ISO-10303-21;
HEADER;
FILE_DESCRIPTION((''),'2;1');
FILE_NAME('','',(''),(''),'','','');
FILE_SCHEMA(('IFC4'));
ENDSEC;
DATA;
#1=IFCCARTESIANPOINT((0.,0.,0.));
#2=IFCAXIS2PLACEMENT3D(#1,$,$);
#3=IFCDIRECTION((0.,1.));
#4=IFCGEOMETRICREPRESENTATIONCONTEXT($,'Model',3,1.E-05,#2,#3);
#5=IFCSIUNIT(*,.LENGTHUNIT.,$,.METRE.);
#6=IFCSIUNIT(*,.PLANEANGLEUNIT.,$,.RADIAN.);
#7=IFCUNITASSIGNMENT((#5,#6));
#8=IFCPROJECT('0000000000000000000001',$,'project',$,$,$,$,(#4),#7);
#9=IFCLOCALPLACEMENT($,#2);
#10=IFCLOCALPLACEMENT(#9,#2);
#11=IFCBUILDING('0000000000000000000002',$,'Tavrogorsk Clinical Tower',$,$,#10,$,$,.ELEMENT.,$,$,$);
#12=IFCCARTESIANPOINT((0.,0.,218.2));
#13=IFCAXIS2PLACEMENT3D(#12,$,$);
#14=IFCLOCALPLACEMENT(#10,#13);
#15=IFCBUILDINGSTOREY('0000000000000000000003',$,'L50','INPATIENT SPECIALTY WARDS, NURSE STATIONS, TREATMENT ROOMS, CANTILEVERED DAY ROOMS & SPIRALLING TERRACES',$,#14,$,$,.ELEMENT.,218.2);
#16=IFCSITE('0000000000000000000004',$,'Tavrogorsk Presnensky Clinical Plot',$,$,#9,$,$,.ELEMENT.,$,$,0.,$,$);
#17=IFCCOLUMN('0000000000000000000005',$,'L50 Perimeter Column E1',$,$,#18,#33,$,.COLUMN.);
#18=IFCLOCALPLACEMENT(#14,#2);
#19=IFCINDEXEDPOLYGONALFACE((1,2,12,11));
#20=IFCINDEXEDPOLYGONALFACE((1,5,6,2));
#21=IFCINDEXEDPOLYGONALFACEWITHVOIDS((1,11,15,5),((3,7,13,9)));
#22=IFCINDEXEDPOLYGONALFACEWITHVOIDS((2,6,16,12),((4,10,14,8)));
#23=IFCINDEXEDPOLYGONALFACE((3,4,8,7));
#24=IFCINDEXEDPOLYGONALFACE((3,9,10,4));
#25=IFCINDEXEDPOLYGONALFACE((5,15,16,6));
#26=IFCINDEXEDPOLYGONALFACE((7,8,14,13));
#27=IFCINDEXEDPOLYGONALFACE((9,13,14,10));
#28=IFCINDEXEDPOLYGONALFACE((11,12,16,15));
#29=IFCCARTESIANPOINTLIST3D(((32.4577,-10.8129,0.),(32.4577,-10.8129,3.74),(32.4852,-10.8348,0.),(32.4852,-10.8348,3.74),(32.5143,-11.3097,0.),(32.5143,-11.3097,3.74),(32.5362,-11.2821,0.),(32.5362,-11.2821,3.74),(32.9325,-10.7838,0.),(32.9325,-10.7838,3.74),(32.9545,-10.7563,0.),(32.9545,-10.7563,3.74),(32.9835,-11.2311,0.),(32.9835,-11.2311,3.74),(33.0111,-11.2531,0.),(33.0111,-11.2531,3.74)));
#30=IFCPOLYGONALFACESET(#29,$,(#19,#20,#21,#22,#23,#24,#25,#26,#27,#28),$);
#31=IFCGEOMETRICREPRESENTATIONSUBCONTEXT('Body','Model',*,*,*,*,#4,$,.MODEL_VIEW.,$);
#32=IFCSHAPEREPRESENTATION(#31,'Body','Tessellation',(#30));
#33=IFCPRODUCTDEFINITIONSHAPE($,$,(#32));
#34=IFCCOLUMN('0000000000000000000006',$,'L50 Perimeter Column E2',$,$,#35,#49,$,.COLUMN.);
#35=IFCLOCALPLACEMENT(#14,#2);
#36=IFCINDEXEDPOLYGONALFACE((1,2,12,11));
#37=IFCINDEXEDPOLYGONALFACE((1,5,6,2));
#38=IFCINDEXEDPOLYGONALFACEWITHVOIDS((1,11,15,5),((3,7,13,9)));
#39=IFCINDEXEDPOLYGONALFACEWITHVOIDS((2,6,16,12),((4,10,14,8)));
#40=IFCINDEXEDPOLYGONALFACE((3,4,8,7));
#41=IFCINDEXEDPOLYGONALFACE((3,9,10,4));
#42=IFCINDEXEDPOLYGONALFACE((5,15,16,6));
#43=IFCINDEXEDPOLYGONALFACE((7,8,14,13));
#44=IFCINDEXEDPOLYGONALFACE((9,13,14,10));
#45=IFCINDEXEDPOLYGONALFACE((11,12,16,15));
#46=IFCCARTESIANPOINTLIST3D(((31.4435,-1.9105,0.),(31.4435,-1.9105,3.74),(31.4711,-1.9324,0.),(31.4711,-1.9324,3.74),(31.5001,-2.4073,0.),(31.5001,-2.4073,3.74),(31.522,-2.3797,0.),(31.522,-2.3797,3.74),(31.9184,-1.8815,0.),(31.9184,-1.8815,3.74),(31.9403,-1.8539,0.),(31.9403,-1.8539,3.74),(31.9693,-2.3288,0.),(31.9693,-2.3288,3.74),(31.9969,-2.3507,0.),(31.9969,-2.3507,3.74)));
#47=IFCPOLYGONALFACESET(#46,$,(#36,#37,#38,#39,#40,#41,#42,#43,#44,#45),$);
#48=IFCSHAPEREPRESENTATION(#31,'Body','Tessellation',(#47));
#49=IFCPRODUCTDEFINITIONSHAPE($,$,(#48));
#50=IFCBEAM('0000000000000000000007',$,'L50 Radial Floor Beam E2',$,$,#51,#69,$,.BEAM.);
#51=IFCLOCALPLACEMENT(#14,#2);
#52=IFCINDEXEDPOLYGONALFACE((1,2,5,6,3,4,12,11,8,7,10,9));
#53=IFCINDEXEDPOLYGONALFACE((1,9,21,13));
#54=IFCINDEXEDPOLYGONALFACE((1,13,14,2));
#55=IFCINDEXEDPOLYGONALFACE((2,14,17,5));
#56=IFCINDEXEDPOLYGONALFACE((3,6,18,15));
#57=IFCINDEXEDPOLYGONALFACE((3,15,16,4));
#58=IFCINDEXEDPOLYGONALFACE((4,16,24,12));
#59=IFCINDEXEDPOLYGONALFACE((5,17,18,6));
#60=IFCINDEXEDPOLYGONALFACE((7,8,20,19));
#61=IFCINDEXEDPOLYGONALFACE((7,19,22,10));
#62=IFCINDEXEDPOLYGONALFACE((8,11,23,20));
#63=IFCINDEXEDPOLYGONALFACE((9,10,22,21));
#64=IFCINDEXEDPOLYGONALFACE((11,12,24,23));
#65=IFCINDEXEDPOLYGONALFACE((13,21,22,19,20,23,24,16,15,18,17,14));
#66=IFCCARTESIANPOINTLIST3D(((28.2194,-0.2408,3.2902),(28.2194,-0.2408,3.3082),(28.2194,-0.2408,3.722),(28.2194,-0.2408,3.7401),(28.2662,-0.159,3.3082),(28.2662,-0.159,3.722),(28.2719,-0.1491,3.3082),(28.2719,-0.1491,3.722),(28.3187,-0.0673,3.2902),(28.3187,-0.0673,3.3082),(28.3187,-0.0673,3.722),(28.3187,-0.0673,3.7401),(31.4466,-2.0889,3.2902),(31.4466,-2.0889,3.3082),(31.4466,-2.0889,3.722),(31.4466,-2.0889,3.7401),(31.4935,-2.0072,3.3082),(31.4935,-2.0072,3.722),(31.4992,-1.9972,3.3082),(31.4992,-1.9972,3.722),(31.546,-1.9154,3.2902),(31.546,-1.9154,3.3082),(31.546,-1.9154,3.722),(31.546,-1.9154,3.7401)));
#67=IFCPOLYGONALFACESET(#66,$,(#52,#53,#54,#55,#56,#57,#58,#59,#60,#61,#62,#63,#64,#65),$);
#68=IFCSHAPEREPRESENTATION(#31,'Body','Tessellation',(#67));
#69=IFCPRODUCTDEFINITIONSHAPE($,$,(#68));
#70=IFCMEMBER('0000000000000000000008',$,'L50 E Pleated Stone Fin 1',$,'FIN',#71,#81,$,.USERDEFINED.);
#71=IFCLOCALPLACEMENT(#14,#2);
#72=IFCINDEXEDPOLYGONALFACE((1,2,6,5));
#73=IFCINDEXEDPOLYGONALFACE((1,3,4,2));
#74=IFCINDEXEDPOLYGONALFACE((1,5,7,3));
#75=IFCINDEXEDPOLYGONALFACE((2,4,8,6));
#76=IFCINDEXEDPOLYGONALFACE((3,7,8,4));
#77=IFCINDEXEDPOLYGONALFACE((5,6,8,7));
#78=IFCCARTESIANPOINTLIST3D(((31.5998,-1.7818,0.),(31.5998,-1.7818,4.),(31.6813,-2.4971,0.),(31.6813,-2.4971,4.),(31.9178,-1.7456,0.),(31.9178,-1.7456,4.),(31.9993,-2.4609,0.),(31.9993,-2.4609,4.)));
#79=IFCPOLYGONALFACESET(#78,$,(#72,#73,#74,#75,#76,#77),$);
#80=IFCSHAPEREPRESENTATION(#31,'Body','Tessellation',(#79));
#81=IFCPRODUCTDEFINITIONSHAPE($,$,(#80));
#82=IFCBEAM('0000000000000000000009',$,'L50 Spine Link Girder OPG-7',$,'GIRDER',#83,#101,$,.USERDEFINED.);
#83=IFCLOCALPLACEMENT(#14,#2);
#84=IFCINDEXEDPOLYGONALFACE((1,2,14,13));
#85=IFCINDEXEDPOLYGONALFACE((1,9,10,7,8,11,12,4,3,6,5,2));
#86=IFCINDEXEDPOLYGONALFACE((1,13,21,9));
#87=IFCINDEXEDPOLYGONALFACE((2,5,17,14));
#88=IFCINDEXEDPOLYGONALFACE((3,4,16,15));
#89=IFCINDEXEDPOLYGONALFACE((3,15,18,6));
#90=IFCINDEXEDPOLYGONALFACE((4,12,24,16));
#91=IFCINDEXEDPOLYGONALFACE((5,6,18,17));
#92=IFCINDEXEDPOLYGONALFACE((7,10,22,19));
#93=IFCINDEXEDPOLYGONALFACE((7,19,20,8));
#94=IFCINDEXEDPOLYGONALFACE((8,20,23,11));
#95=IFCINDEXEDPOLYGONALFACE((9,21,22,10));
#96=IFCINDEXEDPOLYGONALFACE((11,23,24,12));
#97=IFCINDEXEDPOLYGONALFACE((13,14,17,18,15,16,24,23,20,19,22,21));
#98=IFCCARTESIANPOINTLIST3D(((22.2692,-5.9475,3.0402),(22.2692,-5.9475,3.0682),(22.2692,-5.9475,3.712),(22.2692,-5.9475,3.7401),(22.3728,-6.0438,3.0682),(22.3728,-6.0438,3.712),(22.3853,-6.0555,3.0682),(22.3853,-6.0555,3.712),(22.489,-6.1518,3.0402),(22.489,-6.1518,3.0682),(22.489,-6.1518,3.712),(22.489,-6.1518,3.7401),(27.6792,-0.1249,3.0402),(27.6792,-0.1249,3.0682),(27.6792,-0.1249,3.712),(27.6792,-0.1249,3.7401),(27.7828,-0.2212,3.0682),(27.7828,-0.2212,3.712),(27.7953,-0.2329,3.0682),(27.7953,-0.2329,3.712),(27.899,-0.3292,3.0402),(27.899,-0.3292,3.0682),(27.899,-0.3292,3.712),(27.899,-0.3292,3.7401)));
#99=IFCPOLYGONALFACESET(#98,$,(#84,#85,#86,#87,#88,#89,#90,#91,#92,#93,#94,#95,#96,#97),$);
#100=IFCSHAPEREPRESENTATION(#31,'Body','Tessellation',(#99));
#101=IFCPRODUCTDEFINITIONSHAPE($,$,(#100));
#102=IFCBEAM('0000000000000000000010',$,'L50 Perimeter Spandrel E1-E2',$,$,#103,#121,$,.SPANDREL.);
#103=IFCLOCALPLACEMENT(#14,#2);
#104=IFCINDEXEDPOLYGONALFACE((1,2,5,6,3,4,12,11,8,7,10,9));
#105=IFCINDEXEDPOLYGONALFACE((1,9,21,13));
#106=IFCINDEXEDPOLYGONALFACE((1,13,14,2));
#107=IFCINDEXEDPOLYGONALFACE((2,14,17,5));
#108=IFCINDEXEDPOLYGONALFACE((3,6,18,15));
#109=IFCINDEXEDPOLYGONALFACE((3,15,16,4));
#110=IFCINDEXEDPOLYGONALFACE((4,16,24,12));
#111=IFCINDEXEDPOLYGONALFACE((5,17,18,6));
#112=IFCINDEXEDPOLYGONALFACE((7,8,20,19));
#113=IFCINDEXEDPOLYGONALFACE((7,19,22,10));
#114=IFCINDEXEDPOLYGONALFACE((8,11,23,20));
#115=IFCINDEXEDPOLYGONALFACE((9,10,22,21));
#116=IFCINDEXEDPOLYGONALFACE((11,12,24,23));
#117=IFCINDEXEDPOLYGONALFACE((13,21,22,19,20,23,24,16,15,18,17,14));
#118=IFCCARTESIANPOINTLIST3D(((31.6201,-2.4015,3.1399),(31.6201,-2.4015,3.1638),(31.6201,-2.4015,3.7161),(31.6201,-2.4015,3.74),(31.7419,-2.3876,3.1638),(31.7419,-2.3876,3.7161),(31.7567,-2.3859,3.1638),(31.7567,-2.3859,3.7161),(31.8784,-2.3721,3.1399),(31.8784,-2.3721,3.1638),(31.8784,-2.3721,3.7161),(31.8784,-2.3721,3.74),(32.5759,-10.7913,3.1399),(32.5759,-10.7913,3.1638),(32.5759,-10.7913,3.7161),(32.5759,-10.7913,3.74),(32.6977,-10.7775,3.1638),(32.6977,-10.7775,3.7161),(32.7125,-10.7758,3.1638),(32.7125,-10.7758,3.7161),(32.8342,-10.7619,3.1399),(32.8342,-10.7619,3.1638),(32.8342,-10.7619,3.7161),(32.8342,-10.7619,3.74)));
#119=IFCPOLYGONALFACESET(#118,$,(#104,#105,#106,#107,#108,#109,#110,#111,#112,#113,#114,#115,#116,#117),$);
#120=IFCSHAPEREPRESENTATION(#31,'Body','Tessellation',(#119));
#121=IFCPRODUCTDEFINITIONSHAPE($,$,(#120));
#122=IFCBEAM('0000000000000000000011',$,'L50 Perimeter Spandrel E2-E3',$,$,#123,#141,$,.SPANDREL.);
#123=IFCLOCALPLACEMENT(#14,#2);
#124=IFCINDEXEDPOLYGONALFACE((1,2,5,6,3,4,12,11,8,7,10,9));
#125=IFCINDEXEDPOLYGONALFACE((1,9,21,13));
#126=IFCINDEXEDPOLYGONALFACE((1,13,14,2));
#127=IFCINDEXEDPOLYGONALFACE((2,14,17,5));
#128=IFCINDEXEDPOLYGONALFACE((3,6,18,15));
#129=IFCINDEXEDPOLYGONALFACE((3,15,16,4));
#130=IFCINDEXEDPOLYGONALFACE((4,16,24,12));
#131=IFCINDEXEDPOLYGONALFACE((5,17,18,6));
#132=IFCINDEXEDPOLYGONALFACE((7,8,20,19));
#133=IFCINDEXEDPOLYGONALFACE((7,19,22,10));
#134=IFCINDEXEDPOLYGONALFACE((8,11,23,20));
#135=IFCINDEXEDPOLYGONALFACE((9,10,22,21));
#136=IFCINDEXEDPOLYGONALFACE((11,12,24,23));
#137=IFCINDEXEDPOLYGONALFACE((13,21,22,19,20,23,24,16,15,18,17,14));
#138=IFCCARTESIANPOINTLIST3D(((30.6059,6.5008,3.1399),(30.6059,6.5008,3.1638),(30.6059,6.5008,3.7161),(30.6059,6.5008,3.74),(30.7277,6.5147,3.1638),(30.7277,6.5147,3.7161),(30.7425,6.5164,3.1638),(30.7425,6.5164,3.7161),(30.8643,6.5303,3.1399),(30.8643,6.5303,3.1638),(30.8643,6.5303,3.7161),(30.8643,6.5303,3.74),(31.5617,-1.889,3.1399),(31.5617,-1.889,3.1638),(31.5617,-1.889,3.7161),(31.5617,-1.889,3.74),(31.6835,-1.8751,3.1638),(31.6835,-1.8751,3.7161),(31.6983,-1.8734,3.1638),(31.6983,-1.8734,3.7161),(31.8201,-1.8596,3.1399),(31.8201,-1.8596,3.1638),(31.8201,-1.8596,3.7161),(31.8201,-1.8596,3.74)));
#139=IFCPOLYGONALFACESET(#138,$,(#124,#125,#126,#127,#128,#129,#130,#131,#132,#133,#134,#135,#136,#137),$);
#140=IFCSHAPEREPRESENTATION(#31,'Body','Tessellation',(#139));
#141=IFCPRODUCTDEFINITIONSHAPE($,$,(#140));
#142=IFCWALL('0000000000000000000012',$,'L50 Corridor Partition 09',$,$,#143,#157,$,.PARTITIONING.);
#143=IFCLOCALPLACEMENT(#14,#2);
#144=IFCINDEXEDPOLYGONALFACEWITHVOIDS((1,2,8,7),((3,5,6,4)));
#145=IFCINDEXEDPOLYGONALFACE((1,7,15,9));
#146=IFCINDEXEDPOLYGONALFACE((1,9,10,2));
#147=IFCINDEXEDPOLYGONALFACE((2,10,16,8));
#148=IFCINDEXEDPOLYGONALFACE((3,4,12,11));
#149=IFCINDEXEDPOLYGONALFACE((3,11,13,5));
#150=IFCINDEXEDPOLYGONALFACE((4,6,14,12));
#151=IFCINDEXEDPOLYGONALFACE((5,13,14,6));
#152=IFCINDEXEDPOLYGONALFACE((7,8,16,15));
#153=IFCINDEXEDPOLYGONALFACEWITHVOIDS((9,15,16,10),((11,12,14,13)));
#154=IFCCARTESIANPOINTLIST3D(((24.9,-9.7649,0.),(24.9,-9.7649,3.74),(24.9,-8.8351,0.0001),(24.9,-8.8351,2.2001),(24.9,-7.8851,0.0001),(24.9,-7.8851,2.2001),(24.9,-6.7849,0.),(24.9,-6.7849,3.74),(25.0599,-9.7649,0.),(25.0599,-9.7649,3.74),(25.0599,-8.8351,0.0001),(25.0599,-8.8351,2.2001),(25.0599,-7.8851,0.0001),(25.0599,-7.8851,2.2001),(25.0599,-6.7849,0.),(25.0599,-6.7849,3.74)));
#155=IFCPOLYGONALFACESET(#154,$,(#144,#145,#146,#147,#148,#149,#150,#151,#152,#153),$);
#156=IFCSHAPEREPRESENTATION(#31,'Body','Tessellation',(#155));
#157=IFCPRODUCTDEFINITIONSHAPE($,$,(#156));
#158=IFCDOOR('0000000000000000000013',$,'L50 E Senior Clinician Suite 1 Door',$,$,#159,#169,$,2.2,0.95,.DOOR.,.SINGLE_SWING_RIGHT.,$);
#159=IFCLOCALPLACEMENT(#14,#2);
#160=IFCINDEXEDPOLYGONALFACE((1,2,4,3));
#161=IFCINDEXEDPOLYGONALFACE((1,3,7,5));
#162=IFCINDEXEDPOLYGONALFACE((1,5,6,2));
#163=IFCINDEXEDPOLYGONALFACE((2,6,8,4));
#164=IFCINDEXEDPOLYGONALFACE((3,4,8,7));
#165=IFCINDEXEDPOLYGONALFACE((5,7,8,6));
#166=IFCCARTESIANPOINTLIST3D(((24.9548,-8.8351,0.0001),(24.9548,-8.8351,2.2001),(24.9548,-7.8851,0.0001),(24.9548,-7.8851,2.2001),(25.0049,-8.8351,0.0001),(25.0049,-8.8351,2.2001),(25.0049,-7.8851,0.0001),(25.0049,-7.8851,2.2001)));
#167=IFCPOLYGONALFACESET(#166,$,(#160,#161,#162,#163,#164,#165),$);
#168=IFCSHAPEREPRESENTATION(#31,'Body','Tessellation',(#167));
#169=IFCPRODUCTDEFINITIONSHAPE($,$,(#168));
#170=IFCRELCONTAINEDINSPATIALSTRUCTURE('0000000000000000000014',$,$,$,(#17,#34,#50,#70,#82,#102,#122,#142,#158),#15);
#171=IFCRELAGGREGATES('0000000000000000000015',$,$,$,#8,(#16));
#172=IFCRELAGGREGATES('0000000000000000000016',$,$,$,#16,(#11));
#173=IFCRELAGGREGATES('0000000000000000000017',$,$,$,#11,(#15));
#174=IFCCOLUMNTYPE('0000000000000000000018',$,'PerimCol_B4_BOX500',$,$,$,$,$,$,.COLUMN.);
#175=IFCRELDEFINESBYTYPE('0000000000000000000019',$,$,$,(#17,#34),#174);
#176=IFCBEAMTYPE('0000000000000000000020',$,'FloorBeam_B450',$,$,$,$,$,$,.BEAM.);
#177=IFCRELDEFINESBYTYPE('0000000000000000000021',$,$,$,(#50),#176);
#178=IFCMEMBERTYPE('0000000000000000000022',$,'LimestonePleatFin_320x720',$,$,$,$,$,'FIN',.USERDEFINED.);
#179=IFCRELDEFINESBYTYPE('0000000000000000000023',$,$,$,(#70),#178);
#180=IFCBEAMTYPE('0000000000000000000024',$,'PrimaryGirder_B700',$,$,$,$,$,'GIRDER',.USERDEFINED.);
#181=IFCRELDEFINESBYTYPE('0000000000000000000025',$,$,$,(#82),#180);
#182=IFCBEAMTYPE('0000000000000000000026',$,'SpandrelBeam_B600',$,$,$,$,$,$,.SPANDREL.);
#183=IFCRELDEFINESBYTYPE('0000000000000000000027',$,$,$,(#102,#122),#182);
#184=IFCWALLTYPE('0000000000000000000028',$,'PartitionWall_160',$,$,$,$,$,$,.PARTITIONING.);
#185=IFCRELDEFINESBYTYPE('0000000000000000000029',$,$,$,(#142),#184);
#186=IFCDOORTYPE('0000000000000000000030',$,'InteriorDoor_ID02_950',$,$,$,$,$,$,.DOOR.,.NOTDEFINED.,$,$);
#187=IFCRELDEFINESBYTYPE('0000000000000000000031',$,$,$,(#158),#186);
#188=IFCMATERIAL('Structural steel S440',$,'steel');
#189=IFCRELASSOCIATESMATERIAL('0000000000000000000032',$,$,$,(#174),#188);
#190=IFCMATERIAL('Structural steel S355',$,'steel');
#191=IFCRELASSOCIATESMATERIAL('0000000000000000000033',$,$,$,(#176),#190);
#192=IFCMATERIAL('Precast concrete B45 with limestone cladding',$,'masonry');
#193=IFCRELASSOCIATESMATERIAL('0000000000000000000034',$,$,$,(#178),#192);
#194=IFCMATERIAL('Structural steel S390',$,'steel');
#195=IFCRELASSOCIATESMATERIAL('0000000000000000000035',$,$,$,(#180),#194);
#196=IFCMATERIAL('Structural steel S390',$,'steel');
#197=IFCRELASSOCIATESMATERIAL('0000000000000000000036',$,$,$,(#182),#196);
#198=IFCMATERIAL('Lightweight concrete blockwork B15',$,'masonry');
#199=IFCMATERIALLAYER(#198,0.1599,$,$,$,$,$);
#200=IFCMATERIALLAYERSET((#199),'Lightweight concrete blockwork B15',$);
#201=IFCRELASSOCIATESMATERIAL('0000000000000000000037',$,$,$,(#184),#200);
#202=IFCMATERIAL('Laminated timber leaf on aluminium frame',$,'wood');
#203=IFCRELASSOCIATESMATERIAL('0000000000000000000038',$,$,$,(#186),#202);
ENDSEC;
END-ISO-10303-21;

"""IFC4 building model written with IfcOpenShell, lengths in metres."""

from ifc_helpers import new_model, si_unit, direction, frame, frame_2d, origin, origin_2d, place, context, subcontext, project, spatial, rectangle, hollow_rectangle, i_section, extrude, material, layer, layer_set, material_profile, profile_set, type_object, element, fill, save


model = new_model("IFC4")

# Units and contexts
model_context = context("Model", 3, precision=1e-05, world=origin(), true_north=direction((0.0, 1.0)))
body_context = subcontext(model_context, "Body", "Model", "MODEL_VIEW")
ifc_project = project(units=[si_unit("LENGTHUNIT", "METRE"), si_unit("PLANEANGLEUNIT", "RADIAN")], contexts=[model_context])

# Site, building, storey
site_placement = place(None, origin())
site = spatial("IfcSite", under=ifc_project, at=site_placement, Name="Tavrogorsk Presnensky Clinical Plot", CompositionType="ELEMENT", RefElevation=0.0)
building_placement = place(site_placement, origin())
building = spatial("IfcBuilding", under=site, at=building_placement, Name="Tavrogorsk Clinical Tower", CompositionType="ELEMENT")
storey_placement = place(building_placement, frame((0.0, 0.0, 218.2)))
storey = spatial("IfcBuildingStorey", under=building, at=storey_placement, Name="L50", Description="INPATIENT SPECIALTY WARDS, NURSE STATIONS, TREATMENT ROOMS, CANTILEVERED DAY ROOMS & SPIRALLING TERRACES", CompositionType="ELEMENT", Elevation=218.2)

# Columns
ifc_material_1 = material(Name="Structural steel S440", Category="steel")
ifc_material_profile_1 = material_profile(ifc_material_1, hollow_rectangle(XDim=0.5, YDim=0.5, WallThickness=0.0249, at=origin_2d()), Name="BOX-500x500x25")
ifc_profile_set_1 = profile_set([ifc_material_profile_1], Name="Structural steel S440")
column_type = type_object("IfcColumnType", Name="PerimCol_B4_BOX500", PredefinedType="COLUMN", material=ifc_profile_set_1)
for number, where, z_axis, x_axis, name in (
    (1, (32.7344, -11.033, 0.0), (0.0, 0.0, 1.0), (0.993572, 0.113203, 0.0), "L50 Perimeter Column E1"),
    (2, (31.7202, -2.1306, 0.0), (0.0, 0.0, 1.0), (0.993572, 0.113203, 0.0), "L50 Perimeter Column E2"),
):
    element("IfcColumn", number, at=place(storey_placement, frame(where, z_axis=z_axis, x_axis=x_axis)), inside=storey, type_object=column_type, Name=name, PredefinedType="COLUMN", context=body_context, shape_type="SweptSolid", body=[
        extrude(hollow_rectangle(XDim=0.5, YDim=0.5, WallThickness=0.0249, at=origin_2d()), origin(), (0.0, 0.0, 1.0), 3.74),
    ])

# Beam
ifc_material_2 = material(Name="Structural steel S355", Category="steel")
ifc_material_profile_2 = material_profile(ifc_material_2, i_section(OverallWidth=0.2, OverallDepth=0.45, WebThickness=0.0115, FlangeThickness=0.0181, at=origin_2d()), Name="B-450x200x11.5x18")
ifc_profile_set_2 = profile_set([ifc_material_profile_2], Name="Structural steel S355")
beam_type_1 = type_object("IfcBeamType", Name="FloorBeam_B450", PredefinedType="BEAM", material=ifc_profile_set_2)
beam_1_placement = place(storey_placement, frame((28.269, -0.1541, 3.5151), z_axis=(0.867782, -0.496945, 0.0), x_axis=(0.496945, 0.867782, 0.0)))
element("IfcBeam", 3, at=beam_1_placement, inside=storey, type_object=beam_type_1, Name="L50 Radial Floor Beam E2", PredefinedType="BEAM", context=body_context, shape_type="SweptSolid", body=[
    extrude(i_section(OverallWidth=0.2, OverallDepth=0.45, WebThickness=0.0115, FlangeThickness=0.0181, at=origin_2d()), origin(), (0.0, 0.0, 1.0), 3.719),
])

# Member
ifc_material_3 = material(Name="Precast concrete B45 with limestone cladding", Category="masonry")
ifc_material_profile_3 = material_profile(ifc_material_3, rectangle(XDim=0.3201, YDim=0.72, at=origin_2d()), Name="LIMESTONE-FIN-320x720")
ifc_profile_set_3 = profile_set([ifc_material_profile_3], Name="Precast concrete B45 with limestone cladding")
member_type = type_object("IfcMemberType", Name="LimestonePleatFin_320x720", ElementType="FIN", PredefinedType="USERDEFINED", material=ifc_profile_set_3)
member_placement = place(storey_placement, frame((31.7996, -2.1213, 0.0), z_axis=(0.0, 0.0, 1.0), x_axis=(0.993572, 0.113203, 0.0)))
element("IfcMember", 4, at=member_placement, inside=storey, type_object=member_type, Name="L50 E Pleated Stone Fin 1", ObjectType="FIN", PredefinedType="USERDEFINED", context=body_context, shape_type="SweptSolid", body=[
    extrude(rectangle(XDim=0.3201, YDim=0.72, at=origin_2d()), origin(), (0.0, 0.0, 1.0), 4.0),
])

# Beams
ifc_material_4 = material(Name="Structural steel S390", Category="steel")
ifc_material_profile_4 = material_profile(ifc_material_4, i_section(OverallWidth=0.3, OverallDepth=0.7, WebThickness=0.0171, FlangeThickness=0.0281, at=origin_2d()), Name="B-700x300x17x28")
ifc_profile_set_4 = profile_set([ifc_material_profile_4], Name="Structural steel S390")
beam_type_2 = type_object("IfcBeamType", Name="PrimaryGirder_B700", ElementType="GIRDER", PredefinedType="USERDEFINED", material=ifc_profile_set_4)
beam_2_placement = place(storey_placement, frame((27.7891, -0.2271, 3.3901), z_axis=(-0.680674, -0.732587, 0.0), x_axis=(0.732587, -0.680674, 0.0)))
element("IfcBeam", 5, at=beam_2_placement, inside=storey, type_object=beam_type_2, Name="L50 Spine Link Girder OPG-7", ObjectType="GIRDER", PredefinedType="USERDEFINED", context=body_context, shape_type="SweptSolid", body=[
    extrude(i_section(OverallWidth=0.3, OverallDepth=0.7, WebThickness=0.0171, FlangeThickness=0.0281, at=origin_2d()), origin(), (0.0, 0.0, 1.0), 7.948),
])
ifc_material_5 = material(Name="Structural steel S390", Category="steel")
ifc_material_profile_5 = material_profile(ifc_material_5, i_section(OverallWidth=0.26, OverallDepth=0.6001, WebThickness=0.0149, FlangeThickness=0.0239, at=origin_2d()), Name="B-600x260x15x24")
ifc_profile_set_5 = profile_set([ifc_material_profile_5], Name="Structural steel S390")
beam_type_3 = type_object("IfcBeamType", Name="SpandrelBeam_B600", PredefinedType="SPANDREL", material=ifc_profile_set_5)
for number, where, z_axis, x_axis, name in (
    (6, (32.7051, -10.7766, 3.4399), (-0.113192, 0.993573, 0.0), (-0.993573, -0.113192, 0.0), "L50 Perimeter Spandrel E1-E2"),
    (7, (31.6909, -1.8743, 3.4399), (-0.113192, 0.993573, 0.0), (-0.993573, -0.113192, 0.0), "L50 Perimeter Spandrel E2-E3"),
):
    element("IfcBeam", number, at=place(storey_placement, frame(where, z_axis=z_axis, x_axis=x_axis)), inside=storey, type_object=beam_type_3, Name=name, PredefinedType="SPANDREL", context=body_context, shape_type="SweptSolid", body=[
        extrude(i_section(OverallWidth=0.26, OverallDepth=0.6001, WebThickness=0.0149, FlangeThickness=0.0239, at=origin_2d()), origin(), (0.0, 0.0, 1.0), 8.4441),
    ])

# Wall, opening, door
ifc_material_6 = material(Name="Lightweight concrete blockwork B15", Category="masonry")
ifc_layer = layer(ifc_material_6, 0.1599)
ifc_layer_set = layer_set([ifc_layer], Name="Lightweight concrete blockwork B15")
wall_type = type_object("IfcWallType", Name="PartitionWall_160", PredefinedType="PARTITIONING", material=ifc_layer_set)
wall_1_placement = place(storey_placement, frame((24.98, -6.7849, 0.0), z_axis=(0.0, 0.0, 1.0), x_axis=(0.0, -1.0, 0.0)))
wall_1 = element("IfcWall", 8, at=wall_1_placement, inside=storey, type_object=wall_type, Name="L50 Corridor Partition 09", PredefinedType="PARTITIONING", context=body_context, shape_type="SweptSolid", body=[
    extrude(rectangle(XDim=2.98, YDim=0.1599, at=frame_2d((1.49, 0.0))), origin(), (0.0, 0.0, 1.0), 3.74),
])
opening_1_placement = place(wall_1_placement, frame((1.1001, 0.0, 0.0)))
opening_1 = element("IfcOpeningElement", 9, at=opening_1_placement, cuts=wall_1, PredefinedType="OPENING", context=body_context, shape_type="SweptSolid", body=[
    extrude(rectangle(XDim=0.95, YDim=2.2, at=frame_2d((0.4751, 1.1001))), frame((0.0, 0.0898, 0.0), z_axis=(0.0, -1.0, 0.0), x_axis=(1.0, 0.0, 0.0)), (0.0, 0.0, 1.0), 0.1799),
])
ifc_material_7 = material(Name="Laminated timber leaf on aluminium frame", Category="wood")
door_type_1 = type_object("IfcDoorType", Name="InteriorDoor_ID02_950", OperationType="NOTDEFINED", PredefinedType="DOOR", material=ifc_material_7)
door_1_placement = place(opening_1_placement, origin())
door_1 = element("IfcDoor", 10, at=door_1_placement, inside=storey, type_object=door_type_1, Name="L50 E Senior Clinician Suite 1 Door", OperationType="SINGLE_SWING_RIGHT", OverallHeight=2.2, OverallWidth=0.95, PredefinedType="DOOR", context=body_context, shape_type="SweptSolid", body=[
    extrude(rectangle(XDim=0.95, YDim=2.2, at=frame_2d((0.4751, 1.1001))), frame((0.0, 0.0249, 0.0), z_axis=(0.0, -1.0, 0.0), x_axis=(1.0, 0.0, 0.0)), (0.0, 0.0, 1.0), 0.05),
])
fill(opening_1, door_1)

save(model, "model.ifc")
